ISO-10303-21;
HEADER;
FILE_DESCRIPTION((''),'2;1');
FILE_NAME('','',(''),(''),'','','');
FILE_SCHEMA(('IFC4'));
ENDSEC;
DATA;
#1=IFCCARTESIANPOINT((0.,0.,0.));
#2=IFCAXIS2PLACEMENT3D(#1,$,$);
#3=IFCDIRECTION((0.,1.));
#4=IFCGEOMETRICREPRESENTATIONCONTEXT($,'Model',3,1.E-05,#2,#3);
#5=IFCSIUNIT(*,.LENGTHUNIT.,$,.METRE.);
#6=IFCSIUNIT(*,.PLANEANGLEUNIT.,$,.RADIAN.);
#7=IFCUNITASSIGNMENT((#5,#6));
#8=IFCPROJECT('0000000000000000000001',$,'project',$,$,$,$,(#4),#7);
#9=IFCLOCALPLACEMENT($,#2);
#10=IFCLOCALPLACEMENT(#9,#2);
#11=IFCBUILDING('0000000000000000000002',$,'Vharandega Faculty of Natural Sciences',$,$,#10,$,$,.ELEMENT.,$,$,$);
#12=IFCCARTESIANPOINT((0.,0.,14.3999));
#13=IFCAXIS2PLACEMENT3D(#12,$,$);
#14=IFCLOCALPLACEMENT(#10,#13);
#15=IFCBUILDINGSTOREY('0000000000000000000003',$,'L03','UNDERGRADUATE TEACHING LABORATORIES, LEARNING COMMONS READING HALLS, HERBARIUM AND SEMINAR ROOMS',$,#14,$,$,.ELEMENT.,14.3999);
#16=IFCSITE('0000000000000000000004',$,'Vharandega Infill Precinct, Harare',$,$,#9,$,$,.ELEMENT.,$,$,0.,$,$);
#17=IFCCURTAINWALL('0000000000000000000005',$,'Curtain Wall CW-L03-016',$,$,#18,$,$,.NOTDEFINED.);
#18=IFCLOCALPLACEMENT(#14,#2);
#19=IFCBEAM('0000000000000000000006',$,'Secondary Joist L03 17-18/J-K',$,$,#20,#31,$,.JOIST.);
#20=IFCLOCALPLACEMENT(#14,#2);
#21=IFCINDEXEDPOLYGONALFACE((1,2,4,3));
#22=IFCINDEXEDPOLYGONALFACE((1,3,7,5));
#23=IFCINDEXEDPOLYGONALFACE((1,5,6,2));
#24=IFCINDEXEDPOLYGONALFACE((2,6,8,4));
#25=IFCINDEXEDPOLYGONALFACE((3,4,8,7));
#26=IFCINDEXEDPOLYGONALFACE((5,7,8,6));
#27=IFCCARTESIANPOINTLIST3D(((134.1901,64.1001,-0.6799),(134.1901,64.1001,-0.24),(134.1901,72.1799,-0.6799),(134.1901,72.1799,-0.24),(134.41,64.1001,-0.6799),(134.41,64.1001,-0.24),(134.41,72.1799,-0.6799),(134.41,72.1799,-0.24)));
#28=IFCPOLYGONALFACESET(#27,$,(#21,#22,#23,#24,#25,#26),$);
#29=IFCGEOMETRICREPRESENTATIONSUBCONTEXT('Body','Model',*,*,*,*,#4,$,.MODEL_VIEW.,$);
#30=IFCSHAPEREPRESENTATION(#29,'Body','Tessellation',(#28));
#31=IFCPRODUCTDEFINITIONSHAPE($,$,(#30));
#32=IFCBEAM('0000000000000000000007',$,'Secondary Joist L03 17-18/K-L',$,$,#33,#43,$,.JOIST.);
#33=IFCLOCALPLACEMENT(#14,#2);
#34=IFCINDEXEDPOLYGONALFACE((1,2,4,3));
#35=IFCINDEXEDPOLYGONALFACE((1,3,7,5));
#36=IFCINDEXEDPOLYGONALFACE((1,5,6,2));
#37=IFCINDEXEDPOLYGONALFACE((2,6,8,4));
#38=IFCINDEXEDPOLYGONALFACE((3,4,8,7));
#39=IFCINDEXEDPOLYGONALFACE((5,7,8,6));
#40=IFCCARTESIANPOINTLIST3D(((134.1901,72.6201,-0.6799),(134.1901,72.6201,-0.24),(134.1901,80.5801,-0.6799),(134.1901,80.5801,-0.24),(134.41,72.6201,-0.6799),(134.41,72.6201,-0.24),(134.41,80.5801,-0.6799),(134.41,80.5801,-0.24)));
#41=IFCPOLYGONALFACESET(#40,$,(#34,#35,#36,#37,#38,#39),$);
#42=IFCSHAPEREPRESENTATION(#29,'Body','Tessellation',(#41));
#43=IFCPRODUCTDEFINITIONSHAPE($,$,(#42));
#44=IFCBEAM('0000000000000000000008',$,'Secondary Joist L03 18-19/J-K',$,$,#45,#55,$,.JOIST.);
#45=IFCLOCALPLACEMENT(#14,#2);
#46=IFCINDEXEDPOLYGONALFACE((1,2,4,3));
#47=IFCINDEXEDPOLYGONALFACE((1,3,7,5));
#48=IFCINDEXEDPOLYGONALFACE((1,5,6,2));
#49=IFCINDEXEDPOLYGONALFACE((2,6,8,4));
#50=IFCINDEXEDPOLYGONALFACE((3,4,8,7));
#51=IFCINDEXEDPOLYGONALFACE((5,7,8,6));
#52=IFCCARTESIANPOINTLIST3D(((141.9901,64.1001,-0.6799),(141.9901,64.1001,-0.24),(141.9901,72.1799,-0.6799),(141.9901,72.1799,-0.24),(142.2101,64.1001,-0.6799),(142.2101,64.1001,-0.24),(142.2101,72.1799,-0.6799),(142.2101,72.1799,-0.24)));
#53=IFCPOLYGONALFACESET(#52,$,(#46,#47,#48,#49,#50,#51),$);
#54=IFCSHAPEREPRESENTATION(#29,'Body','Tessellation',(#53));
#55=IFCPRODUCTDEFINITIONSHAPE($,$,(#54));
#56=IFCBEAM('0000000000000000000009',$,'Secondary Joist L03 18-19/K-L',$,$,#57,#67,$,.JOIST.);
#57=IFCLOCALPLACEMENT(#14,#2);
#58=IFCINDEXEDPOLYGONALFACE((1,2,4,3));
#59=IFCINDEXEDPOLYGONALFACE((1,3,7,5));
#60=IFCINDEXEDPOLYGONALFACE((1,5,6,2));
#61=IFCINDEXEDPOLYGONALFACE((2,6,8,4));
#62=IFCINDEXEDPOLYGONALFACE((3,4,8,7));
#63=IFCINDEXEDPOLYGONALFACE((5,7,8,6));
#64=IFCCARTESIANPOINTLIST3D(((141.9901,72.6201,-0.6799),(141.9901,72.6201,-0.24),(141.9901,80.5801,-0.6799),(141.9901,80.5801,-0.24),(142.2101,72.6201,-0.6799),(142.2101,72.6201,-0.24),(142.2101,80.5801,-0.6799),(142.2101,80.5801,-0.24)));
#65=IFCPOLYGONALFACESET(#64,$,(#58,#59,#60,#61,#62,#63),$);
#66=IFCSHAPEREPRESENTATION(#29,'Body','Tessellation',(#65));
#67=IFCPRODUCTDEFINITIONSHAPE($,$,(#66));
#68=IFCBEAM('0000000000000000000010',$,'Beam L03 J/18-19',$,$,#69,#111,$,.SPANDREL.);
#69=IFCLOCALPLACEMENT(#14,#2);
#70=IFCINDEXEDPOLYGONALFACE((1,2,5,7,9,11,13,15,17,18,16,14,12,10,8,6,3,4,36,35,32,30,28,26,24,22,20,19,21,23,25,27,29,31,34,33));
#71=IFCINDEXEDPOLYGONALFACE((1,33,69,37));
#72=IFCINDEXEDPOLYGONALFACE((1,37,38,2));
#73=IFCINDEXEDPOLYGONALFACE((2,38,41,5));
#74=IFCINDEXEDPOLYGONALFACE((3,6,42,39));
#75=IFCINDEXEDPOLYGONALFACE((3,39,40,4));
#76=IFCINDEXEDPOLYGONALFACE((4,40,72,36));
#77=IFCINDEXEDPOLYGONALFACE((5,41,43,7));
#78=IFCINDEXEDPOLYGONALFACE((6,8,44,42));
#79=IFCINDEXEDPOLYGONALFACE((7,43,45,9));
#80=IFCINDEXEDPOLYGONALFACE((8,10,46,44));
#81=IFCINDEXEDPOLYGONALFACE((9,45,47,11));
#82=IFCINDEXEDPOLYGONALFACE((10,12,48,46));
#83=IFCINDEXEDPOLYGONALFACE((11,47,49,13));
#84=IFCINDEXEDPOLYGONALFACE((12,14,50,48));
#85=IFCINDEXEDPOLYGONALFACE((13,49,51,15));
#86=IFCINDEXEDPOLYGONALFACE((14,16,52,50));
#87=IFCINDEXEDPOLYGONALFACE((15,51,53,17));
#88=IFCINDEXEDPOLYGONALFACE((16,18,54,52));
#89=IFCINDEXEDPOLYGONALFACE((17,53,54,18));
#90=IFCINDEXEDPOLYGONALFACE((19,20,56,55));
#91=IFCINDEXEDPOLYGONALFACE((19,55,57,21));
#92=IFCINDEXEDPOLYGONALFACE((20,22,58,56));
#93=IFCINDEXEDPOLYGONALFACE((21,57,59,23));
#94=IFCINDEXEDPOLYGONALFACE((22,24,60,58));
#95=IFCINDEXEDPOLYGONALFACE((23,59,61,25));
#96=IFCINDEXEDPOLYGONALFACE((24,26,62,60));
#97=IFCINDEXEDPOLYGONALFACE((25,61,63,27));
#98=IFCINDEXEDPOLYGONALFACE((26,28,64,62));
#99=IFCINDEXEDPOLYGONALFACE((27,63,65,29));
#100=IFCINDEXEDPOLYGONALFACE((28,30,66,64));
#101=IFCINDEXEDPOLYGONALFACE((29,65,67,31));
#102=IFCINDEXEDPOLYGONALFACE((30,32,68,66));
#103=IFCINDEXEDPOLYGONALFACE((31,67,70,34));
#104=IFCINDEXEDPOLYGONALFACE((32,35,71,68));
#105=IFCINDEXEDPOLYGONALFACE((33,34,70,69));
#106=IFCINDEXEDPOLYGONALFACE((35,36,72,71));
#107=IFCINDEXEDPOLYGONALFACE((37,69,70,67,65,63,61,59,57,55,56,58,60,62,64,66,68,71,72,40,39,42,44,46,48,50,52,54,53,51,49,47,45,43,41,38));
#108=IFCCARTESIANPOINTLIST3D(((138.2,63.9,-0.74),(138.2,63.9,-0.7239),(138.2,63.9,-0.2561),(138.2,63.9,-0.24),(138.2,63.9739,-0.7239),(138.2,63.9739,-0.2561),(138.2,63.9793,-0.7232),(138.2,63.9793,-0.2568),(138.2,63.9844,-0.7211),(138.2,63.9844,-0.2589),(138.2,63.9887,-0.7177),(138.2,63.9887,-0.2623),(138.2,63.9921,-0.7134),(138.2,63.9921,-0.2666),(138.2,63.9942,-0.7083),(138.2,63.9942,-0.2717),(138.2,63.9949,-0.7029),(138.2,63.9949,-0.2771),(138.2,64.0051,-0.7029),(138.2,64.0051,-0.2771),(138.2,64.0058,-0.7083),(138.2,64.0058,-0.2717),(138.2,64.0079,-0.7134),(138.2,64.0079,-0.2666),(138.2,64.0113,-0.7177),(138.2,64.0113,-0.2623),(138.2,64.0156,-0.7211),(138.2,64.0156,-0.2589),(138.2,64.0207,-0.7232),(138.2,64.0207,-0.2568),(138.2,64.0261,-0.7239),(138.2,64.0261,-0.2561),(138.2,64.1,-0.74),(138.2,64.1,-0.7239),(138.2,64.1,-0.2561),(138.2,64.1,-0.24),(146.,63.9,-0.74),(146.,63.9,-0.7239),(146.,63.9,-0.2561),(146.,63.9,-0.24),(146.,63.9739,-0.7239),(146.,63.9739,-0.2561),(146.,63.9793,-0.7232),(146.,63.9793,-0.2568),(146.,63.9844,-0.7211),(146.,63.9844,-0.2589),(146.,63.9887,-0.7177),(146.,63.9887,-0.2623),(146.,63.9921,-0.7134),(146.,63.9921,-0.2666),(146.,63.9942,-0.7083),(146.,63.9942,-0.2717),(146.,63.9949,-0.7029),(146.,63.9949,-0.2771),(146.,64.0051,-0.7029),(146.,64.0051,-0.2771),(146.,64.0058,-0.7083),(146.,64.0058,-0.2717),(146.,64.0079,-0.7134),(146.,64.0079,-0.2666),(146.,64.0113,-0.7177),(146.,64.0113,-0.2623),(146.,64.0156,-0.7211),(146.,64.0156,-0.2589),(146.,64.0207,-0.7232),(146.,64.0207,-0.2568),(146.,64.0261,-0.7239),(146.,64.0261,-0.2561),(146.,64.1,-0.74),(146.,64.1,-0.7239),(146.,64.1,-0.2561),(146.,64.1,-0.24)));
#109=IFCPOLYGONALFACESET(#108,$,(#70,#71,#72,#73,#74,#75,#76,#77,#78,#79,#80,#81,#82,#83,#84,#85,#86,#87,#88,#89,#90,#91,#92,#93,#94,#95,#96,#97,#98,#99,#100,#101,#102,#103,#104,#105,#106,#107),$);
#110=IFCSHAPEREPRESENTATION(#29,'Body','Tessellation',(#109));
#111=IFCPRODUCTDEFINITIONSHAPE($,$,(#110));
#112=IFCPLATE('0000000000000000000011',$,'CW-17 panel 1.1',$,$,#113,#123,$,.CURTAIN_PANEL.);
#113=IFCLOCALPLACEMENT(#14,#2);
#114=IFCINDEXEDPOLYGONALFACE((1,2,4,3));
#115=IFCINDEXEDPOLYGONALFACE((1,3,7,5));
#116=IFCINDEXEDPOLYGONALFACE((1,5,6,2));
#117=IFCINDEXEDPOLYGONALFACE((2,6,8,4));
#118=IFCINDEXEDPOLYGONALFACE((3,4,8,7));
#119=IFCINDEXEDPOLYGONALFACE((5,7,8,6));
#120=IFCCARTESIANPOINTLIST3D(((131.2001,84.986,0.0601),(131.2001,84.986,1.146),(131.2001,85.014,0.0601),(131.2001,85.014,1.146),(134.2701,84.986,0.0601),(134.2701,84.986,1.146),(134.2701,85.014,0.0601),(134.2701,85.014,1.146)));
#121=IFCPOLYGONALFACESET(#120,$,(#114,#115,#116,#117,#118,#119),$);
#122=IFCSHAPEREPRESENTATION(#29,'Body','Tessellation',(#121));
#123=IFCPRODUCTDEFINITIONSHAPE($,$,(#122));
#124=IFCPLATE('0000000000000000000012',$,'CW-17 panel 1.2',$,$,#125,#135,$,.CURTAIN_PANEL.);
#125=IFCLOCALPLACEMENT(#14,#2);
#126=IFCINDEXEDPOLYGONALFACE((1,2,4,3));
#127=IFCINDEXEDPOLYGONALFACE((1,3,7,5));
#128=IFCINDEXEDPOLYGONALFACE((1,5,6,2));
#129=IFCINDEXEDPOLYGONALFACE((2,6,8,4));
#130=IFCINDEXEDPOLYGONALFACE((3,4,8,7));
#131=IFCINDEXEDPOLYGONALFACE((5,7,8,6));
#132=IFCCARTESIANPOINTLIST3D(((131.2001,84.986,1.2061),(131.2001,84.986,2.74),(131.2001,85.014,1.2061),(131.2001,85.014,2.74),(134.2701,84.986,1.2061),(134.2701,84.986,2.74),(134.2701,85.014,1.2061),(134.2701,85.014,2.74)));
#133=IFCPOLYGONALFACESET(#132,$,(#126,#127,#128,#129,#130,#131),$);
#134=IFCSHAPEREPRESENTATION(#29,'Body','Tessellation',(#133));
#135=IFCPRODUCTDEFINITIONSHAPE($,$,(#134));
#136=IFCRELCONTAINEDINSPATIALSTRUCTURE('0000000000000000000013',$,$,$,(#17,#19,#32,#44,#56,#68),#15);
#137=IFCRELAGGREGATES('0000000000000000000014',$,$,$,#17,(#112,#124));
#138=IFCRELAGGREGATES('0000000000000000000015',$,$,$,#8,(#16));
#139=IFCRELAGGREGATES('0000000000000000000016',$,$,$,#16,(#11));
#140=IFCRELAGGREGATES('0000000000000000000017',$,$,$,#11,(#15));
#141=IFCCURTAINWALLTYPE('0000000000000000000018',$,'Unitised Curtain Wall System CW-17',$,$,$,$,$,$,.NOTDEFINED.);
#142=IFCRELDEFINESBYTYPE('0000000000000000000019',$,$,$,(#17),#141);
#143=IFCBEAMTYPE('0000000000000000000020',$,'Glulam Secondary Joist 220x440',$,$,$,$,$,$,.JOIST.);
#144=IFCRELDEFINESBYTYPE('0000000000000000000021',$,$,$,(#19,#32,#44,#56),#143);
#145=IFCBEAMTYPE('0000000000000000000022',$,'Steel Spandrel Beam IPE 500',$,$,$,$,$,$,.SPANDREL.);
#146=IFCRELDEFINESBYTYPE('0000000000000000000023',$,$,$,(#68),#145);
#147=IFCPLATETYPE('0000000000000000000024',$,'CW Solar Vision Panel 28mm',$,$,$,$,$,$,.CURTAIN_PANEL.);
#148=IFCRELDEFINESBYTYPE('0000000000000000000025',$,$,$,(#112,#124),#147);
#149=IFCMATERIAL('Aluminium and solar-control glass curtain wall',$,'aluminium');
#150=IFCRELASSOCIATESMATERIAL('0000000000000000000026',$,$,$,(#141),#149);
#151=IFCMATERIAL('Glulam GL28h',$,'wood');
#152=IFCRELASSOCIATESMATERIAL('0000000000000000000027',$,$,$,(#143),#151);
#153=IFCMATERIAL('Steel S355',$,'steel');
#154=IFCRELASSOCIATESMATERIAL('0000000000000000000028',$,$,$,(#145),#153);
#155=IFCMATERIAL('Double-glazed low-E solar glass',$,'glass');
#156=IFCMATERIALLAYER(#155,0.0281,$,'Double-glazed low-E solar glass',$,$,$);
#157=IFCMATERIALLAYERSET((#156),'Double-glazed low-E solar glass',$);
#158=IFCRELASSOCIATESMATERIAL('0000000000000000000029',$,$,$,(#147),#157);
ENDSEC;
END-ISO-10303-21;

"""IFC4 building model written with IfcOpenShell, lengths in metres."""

from ifc_helpers import new_model, si_unit, direction, frame, origin, origin_2d, place, context, subcontext, project, spatial, rectangle, i_section, extrude, material, layer, layer_set, material_profile, profile_set, type_object, element, aggregate, save


model = new_model("IFC4")

# Units and contexts
model_context = context("Model", 3, precision=1e-05, world=origin(), true_north=direction((0.0, 1.0)))
body_context = subcontext(model_context, "Body", "Model", "MODEL_VIEW")
ifc_project = project(units=[si_unit("LENGTHUNIT", "METRE"), si_unit("PLANEANGLEUNIT", "RADIAN")], contexts=[model_context])

# Site, building, storey
site_placement = place(None, origin())
site = spatial("IfcSite", under=ifc_project, at=site_placement, Name="Vharandega Infill Precinct, Harare", CompositionType="ELEMENT", RefElevation=0.0)
building_placement = place(site_placement, origin())
building = spatial("IfcBuilding", under=site, at=building_placement, Name="Vharandega Faculty of Natural Sciences", CompositionType="ELEMENT")
storey_placement = place(building_placement, frame((0.0, 0.0, 14.3999)))
storey = spatial("IfcBuildingStorey", under=building, at=storey_placement, Name="L03", Description="UNDERGRADUATE TEACHING LABORATORIES, LEARNING COMMONS READING HALLS, HERBARIUM AND SEMINAR ROOMS", CompositionType="ELEMENT", Elevation=14.3999)

# Curtain wall
ifc_material_1 = material(Name="Aluminium and solar-control glass curtain wall", Category="aluminium")
curtain_wall_type = type_object("IfcCurtainWallType", Name="Unitised Curtain Wall System CW-17", PredefinedType="NOTDEFINED", material=ifc_material_1)
curtain_wall_placement = place(storey_placement, origin())
curtain_wall = element("IfcCurtainWall", 1, at=curtain_wall_placement, inside=storey, type_object=curtain_wall_type, Name="Curtain Wall CW-L03-016", PredefinedType="NOTDEFINED")

# Beams
ifc_material_2 = material(Name="Glulam GL28h", Category="wood")
ifc_material_profile_1 = material_profile(ifc_material_2, rectangle(XDim=0.22, YDim=0.4399, at=origin_2d()), Name="GL28h 220x440")
ifc_profile_set_1 = profile_set([ifc_material_profile_1], Name="Glulam GL28h")
beam_type_1 = type_object("IfcBeamType", Name="Glulam Secondary Joist 220x440", PredefinedType="JOIST", material=ifc_profile_set_1)
beam_1_placement = place(storey_placement, frame((134.3, 64.1001, -0.46), z_axis=(0.0, 1.0, 0.0), x_axis=(-1.0, 0.0, 0.0)))
element("IfcBeam", 2, at=beam_1_placement, inside=storey, type_object=beam_type_1, Name="Secondary Joist L03 17-18/J-K", PredefinedType="JOIST", context=body_context, shape_type="SweptSolid", body=[
    extrude(rectangle(XDim=0.22, YDim=0.4399, at=origin_2d()), origin(), (0.0, 0.0, 1.0), 8.0798),
])
beam_2_placement = place(storey_placement, frame((134.3, 72.6201, -0.46), z_axis=(0.0, 1.0, 0.0), x_axis=(-1.0, 0.0, 0.0)))
element("IfcBeam", 3, at=beam_2_placement, inside=storey, type_object=beam_type_1, Name="Secondary Joist L03 17-18/K-L", PredefinedType="JOIST", context=body_context, shape_type="SweptSolid", body=[
    extrude(rectangle(XDim=0.22, YDim=0.4399, at=origin_2d()), origin(), (0.0, 0.0, 1.0), 7.96),
])
beam_3_placement = place(storey_placement, frame((142.1001, 64.1001, -0.46), z_axis=(0.0, 1.0, 0.0), x_axis=(-1.0, 0.0, 0.0)))
element("IfcBeam", 4, at=beam_3_placement, inside=storey, type_object=beam_type_1, Name="Secondary Joist L03 18-19/J-K", PredefinedType="JOIST", context=body_context, shape_type="SweptSolid", body=[
    extrude(rectangle(XDim=0.22, YDim=0.4399, at=origin_2d()), origin(), (0.0, 0.0, 1.0), 8.0798),
])
beam_4_placement = place(storey_placement, frame((142.1001, 72.6201, -0.46), z_axis=(0.0, 1.0, 0.0), x_axis=(-1.0, 0.0, 0.0)))
element("IfcBeam", 5, at=beam_4_placement, inside=storey, type_object=beam_type_1, Name="Secondary Joist L03 18-19/K-L", PredefinedType="JOIST", context=body_context, shape_type="SweptSolid", body=[
    extrude(rectangle(XDim=0.22, YDim=0.4399, at=origin_2d()), origin(), (0.0, 0.0, 1.0), 7.96),
])
ifc_material_3 = material(Name="Steel S355", Category="steel")
ifc_material_profile_2 = material_profile(ifc_material_3, i_section(OverallWidth=0.2, OverallDepth=0.5, WebThickness=0.0103, FlangeThickness=0.0161, FilletRadius=0.021, at=origin_2d()), Name="IPE 500")
ifc_profile_set_2 = profile_set([ifc_material_profile_2], Name="Steel S355")
beam_type_2 = type_object("IfcBeamType", Name="Steel Spandrel Beam IPE 500", PredefinedType="SPANDREL", material=ifc_profile_set_2)
beam_5_placement = place(storey_placement, frame((138.2, 64.0, -0.49), z_axis=(1.0, 0.0, 0.0), x_axis=(0.0, 1.0, 0.0)))
element("IfcBeam", 6, at=beam_5_placement, inside=storey, type_object=beam_type_2, Name="Beam L03 J/18-19", PredefinedType="SPANDREL", context=body_context, shape_type="SweptSolid", body=[
    extrude(i_section(OverallWidth=0.2, OverallDepth=0.5, WebThickness=0.0103, FlangeThickness=0.0161, FilletRadius=0.021, at=origin_2d()), origin(), (0.0, 0.0, 1.0), 7.8),
])

# Plates
ifc_material_4 = material(Name="Double-glazed low-E solar glass", Category="glass")
ifc_layer = layer(ifc_material_4, 0.0281, Name="Double-glazed low-E solar glass")
ifc_layer_set = layer_set([ifc_layer], Name="Double-glazed low-E solar glass")
plate_type = type_object("IfcPlateType", Name="CW Solar Vision Panel 28mm", PredefinedType="CURTAIN_PANEL", material=ifc_layer_set)
plate_1_placement = place(storey_placement, frame((132.7351, 85.0, 0.0601), z_axis=(0.0, 0.0, 1.0), x_axis=(1.0, 0.0, 0.0)))
plate_1 = element("IfcPlate", 7, at=plate_1_placement, type_object=plate_type, Name="CW-17 panel 1.1", PredefinedType="CURTAIN_PANEL", context=body_context, shape_type="SweptSolid", body=[
    extrude(rectangle(XDim=3.0701, YDim=0.0281, at=origin_2d()), origin(), (0.0, 0.0, 1.0), 1.0859),
])
plate_2_placement = place(storey_placement, frame((132.7351, 85.0, 1.2061), z_axis=(0.0, 0.0, 1.0), x_axis=(1.0, 0.0, 0.0)))
plate_2 = element("IfcPlate", 8, at=plate_2_placement, type_object=plate_type, Name="CW-17 panel 1.2", PredefinedType="CURTAIN_PANEL", context=body_context, shape_type="SweptSolid", body=[
    extrude(rectangle(XDim=3.0701, YDim=0.0281, at=origin_2d()), origin(), (0.0, 0.0, 1.0), 1.5339),
])
aggregate(curtain_wall, [plate_1, plate_2])

save(model, "model.ifc")
